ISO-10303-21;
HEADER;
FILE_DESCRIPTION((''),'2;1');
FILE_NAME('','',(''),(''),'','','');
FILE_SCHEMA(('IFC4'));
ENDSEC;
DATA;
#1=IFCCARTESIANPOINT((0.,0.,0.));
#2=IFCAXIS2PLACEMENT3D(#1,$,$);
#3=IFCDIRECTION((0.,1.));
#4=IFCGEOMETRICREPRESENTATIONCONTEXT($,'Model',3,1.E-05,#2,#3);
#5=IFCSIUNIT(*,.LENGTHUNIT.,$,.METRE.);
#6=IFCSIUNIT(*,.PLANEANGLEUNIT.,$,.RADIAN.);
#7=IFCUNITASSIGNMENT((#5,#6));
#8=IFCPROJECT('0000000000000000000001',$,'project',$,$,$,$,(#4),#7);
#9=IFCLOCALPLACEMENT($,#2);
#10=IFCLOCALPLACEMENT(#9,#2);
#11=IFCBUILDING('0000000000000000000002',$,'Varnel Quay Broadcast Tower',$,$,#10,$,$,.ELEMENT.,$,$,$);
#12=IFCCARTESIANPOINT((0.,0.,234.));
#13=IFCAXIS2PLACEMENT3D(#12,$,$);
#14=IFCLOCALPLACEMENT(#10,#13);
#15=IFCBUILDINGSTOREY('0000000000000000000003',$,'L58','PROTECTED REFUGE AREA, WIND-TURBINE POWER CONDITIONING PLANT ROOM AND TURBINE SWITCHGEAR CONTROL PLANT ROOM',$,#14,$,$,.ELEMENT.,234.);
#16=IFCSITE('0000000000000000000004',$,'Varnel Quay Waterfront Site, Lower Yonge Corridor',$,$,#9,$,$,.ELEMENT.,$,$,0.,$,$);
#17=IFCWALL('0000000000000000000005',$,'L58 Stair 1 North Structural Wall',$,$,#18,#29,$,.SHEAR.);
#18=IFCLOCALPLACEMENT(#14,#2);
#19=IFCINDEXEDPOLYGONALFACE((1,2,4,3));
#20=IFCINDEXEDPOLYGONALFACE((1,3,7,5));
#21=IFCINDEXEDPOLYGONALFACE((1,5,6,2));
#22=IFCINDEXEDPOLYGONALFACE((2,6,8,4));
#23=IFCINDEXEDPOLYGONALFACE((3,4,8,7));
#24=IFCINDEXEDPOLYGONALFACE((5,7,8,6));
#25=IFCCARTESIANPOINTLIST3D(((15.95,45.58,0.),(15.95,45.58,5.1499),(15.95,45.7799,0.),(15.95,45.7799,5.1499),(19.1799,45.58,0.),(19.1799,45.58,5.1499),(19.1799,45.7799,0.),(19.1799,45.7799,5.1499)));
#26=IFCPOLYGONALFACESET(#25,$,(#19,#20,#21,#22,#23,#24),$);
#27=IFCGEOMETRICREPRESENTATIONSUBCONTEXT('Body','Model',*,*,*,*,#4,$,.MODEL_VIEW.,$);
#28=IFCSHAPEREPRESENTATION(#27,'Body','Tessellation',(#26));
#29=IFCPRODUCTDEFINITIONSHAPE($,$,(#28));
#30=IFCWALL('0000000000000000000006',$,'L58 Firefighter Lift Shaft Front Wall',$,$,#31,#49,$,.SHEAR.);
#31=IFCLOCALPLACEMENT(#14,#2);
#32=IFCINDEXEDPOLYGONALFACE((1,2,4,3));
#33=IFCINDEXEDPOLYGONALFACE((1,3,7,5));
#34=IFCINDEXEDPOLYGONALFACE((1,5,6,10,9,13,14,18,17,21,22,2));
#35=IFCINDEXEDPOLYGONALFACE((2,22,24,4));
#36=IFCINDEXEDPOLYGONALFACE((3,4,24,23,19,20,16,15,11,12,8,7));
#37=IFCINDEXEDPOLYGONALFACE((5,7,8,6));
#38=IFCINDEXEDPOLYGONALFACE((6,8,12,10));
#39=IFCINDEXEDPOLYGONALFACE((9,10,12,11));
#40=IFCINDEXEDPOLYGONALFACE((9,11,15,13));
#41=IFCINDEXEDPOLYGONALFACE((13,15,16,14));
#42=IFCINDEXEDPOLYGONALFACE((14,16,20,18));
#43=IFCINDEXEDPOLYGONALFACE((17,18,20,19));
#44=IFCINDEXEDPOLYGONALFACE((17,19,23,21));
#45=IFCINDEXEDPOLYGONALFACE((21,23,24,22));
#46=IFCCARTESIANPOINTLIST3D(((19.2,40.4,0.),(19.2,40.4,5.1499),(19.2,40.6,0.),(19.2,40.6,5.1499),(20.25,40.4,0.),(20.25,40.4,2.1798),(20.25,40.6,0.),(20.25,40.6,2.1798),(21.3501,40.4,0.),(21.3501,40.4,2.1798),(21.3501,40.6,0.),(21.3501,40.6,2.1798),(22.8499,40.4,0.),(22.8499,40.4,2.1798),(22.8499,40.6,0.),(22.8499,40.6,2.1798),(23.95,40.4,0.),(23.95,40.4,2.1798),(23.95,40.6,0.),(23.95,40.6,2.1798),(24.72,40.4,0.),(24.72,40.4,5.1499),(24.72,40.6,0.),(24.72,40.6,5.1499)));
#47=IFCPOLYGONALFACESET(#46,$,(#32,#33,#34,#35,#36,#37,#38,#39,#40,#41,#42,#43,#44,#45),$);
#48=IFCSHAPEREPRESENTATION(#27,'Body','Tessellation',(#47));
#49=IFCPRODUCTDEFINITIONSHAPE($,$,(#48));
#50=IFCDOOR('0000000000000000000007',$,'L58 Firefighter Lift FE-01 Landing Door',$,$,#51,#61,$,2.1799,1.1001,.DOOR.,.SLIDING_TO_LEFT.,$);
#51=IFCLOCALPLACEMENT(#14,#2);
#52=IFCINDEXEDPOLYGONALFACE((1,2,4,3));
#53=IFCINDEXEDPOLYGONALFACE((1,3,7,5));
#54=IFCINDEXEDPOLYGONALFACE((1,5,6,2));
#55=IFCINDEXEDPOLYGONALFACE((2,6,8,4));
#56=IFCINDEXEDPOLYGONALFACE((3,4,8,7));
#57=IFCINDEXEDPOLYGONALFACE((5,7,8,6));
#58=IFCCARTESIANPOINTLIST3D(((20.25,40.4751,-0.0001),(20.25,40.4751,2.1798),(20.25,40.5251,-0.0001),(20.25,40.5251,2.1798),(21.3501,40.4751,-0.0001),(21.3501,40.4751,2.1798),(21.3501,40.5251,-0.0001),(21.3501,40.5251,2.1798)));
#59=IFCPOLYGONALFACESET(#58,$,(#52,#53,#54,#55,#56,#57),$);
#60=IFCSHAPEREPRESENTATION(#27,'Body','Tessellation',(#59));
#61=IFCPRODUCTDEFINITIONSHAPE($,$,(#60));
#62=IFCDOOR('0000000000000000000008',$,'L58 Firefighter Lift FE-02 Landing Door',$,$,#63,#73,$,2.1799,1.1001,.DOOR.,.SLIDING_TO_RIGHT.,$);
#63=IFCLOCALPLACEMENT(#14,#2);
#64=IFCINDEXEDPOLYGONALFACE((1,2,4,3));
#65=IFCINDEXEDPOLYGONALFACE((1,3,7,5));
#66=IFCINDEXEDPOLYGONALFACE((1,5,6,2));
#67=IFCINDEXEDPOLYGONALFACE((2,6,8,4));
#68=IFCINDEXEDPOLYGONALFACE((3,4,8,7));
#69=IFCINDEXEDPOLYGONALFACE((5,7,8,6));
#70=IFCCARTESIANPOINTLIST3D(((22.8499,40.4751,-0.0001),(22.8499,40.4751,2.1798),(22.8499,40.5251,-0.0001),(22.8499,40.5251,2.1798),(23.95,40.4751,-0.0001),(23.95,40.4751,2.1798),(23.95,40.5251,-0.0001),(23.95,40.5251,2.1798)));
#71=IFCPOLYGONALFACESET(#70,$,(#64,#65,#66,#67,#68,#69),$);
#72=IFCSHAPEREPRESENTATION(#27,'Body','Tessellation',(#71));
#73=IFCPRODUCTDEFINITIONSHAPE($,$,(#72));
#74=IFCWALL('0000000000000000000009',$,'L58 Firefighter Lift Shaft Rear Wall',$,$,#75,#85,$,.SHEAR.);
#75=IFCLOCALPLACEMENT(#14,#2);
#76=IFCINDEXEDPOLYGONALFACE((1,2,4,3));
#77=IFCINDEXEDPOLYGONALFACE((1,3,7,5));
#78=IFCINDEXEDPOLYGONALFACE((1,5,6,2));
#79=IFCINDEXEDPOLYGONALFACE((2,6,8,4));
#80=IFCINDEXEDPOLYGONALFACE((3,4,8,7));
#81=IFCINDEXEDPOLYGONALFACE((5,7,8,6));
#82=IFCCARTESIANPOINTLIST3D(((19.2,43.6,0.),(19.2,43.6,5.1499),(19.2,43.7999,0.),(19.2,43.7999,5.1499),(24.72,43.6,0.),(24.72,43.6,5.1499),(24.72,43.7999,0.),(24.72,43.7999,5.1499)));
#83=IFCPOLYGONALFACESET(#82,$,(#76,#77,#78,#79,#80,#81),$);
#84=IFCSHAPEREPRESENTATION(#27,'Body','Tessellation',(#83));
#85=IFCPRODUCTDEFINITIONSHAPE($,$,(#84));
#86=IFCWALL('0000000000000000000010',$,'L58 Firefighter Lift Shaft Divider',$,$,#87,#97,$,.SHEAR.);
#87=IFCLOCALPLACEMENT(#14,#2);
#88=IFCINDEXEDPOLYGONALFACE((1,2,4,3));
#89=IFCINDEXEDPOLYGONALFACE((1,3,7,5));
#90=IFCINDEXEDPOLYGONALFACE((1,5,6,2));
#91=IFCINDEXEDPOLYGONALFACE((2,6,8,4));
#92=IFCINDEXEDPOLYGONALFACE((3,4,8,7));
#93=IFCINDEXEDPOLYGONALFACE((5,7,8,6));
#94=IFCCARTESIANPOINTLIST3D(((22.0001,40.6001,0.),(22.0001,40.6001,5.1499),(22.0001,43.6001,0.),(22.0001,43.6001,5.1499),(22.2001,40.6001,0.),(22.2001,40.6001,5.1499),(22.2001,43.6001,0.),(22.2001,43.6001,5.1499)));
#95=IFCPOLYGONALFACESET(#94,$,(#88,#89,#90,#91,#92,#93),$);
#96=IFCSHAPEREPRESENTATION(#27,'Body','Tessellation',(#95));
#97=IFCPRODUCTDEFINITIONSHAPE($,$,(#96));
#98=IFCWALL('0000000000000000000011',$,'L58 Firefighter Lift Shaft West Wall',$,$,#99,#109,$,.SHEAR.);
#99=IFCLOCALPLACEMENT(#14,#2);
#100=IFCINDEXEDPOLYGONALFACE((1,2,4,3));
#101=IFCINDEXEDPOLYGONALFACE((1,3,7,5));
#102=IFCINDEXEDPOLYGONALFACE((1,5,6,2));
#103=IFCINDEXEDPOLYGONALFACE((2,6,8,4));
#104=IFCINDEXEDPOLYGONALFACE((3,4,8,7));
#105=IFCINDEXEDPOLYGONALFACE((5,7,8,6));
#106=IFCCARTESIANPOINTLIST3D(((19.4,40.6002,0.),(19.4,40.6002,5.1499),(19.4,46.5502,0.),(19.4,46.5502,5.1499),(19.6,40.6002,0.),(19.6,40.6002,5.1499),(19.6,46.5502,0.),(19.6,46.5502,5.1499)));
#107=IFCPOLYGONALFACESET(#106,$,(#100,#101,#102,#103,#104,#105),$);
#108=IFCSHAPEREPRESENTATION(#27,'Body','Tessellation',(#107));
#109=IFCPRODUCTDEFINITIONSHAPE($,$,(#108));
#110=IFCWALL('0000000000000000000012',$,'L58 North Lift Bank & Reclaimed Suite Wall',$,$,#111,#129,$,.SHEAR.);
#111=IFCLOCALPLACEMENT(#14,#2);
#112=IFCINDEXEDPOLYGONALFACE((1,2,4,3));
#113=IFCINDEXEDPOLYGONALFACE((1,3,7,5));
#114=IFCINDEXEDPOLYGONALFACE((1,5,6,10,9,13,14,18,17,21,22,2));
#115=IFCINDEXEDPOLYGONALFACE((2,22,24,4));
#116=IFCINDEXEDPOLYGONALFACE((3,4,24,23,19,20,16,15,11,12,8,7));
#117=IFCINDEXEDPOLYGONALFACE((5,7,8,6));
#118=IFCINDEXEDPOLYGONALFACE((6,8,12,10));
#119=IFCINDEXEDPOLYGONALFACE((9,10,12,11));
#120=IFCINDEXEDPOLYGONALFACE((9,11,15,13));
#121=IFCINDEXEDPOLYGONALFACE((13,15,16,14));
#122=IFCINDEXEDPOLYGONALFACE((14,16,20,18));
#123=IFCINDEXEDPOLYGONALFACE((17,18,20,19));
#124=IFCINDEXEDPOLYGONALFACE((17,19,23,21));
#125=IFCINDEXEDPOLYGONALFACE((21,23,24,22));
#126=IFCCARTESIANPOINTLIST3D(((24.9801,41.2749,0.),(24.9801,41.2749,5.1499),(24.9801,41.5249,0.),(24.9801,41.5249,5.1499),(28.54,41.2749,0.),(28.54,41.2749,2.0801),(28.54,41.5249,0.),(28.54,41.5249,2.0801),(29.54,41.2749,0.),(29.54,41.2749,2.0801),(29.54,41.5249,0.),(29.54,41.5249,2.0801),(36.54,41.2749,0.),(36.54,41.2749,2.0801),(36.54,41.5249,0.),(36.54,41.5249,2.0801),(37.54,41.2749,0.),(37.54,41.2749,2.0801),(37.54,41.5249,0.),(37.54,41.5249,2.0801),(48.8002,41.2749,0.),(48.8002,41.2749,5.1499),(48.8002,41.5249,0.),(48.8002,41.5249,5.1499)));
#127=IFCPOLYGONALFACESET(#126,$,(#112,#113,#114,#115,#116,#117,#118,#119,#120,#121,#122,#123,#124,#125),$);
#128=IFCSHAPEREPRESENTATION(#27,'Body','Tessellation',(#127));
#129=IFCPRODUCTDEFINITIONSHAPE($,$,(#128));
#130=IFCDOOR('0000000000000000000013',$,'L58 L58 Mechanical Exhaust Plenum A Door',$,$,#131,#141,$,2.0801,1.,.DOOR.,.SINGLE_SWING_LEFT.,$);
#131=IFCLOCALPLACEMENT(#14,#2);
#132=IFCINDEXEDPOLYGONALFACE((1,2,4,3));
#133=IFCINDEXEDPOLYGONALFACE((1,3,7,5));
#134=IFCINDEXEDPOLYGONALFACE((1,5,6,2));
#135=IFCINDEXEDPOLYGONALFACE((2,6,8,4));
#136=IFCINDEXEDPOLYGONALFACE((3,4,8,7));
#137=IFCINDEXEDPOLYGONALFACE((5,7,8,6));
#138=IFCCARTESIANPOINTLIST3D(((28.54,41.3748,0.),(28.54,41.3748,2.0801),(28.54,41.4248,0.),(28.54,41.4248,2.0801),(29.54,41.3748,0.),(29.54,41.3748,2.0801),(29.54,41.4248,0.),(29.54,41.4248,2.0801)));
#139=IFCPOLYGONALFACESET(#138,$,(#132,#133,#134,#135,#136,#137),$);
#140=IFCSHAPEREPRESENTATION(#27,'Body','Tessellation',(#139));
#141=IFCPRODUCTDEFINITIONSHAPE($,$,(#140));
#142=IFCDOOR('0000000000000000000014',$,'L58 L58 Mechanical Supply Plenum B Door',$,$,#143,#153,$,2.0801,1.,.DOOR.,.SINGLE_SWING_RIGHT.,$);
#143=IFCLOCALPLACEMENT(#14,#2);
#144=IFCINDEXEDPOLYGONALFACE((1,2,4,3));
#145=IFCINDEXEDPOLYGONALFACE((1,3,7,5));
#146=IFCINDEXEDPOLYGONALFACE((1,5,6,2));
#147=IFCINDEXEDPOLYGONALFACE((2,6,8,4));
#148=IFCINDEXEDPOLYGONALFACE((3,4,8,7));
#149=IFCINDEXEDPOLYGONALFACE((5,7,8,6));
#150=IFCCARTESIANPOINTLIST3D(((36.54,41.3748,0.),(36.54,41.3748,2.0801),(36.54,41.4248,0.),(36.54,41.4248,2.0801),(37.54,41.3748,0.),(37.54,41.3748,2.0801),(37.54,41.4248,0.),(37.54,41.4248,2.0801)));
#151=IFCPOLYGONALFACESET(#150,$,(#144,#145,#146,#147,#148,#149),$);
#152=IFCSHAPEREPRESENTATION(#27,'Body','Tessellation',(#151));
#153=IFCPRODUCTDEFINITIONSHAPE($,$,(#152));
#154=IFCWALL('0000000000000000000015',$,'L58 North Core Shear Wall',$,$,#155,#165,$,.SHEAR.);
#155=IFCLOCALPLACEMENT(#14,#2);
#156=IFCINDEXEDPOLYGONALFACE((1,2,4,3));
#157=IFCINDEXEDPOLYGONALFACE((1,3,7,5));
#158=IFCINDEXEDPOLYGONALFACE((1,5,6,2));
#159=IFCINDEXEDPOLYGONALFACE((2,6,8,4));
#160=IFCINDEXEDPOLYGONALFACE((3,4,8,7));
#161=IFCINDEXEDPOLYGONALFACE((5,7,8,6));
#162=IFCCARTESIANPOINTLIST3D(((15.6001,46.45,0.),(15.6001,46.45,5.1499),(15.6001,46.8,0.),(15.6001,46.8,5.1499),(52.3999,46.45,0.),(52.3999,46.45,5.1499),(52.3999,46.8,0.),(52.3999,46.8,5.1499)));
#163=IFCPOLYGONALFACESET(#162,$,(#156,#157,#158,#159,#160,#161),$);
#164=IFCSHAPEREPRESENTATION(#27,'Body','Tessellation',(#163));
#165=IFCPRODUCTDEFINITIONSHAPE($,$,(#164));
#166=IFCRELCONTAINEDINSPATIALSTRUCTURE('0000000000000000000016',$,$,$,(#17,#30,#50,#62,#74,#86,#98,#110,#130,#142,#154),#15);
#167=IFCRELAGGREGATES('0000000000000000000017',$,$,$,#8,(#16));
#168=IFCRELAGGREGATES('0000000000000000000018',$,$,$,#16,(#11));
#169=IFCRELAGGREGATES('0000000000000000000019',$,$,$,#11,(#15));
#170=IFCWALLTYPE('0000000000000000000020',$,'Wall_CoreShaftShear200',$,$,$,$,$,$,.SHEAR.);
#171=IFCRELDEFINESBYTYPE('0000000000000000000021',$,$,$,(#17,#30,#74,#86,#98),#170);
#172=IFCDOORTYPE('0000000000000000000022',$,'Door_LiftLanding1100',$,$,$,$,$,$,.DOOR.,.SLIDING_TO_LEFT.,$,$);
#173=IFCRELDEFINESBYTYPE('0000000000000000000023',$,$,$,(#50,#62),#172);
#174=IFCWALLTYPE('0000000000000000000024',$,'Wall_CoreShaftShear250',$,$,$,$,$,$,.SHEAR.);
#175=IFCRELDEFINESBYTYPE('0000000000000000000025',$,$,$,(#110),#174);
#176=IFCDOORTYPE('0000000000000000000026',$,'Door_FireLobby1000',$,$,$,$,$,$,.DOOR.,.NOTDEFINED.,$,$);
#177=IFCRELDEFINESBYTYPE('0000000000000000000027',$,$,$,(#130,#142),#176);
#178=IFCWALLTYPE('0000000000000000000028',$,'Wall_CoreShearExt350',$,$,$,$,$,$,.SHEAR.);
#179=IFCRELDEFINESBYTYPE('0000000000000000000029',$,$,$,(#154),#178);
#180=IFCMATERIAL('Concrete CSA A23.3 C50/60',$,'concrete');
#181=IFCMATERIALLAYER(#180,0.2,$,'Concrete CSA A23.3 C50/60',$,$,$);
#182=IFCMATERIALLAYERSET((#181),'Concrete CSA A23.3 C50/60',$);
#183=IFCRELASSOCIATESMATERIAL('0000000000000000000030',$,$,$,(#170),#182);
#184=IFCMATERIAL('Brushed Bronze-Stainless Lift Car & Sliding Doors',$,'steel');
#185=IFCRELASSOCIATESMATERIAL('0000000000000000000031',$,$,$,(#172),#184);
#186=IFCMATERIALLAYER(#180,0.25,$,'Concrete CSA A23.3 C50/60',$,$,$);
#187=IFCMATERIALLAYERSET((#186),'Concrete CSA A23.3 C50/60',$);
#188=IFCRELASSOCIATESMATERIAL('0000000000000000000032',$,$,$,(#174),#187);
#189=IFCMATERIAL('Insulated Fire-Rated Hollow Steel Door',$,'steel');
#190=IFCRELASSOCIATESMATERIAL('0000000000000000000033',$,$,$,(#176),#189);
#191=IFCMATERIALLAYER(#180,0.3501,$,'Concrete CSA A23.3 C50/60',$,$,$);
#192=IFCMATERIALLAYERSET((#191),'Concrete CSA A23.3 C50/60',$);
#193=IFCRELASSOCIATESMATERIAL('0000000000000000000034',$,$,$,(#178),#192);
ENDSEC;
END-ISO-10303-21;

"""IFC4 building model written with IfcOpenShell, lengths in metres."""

from ifc_helpers import new_model, si_unit, direction, frame, frame_2d, origin, place, context, subcontext, project, spatial, rectangle, extrude, source, transform, mapped, material, layer, layer_set, type_object, type_shapes, element, fill, save


model = new_model("IFC4")

# Units and contexts
model_context = context("Model", 3, precision=1e-05, world=origin(), true_north=direction((0.0, 1.0)))
body_context = subcontext(model_context, "Body", "Model", "MODEL_VIEW")
ifc_project = project(units=[si_unit("LENGTHUNIT", "METRE"), si_unit("PLANEANGLEUNIT", "RADIAN")], contexts=[model_context])

# Site, building, storey
site_placement = place(None, origin())
site = spatial("IfcSite", under=ifc_project, at=site_placement, Name="Varnel Quay Waterfront Site, Lower Yonge Corridor", CompositionType="ELEMENT", RefElevation=0.0)
building_placement = place(site_placement, origin())
building = spatial("IfcBuilding", under=site, at=building_placement, Name="Varnel Quay Broadcast Tower", CompositionType="ELEMENT")
storey_placement = place(building_placement, frame((0.0, 0.0, 234.0)))
storey = spatial("IfcBuildingStorey", under=building, at=storey_placement, Name="L58", Description="PROTECTED REFUGE AREA, WIND-TURBINE POWER CONDITIONING PLANT ROOM AND TURBINE SWITCHGEAR CONTROL PLANT ROOM", CompositionType="ELEMENT", Elevation=234.0)

# Wall
ifc_material_1 = material(Name="Concrete CSA A23.3 C50/60", Category="concrete")
ifc_layer_1 = layer(ifc_material_1, 0.2, Name="Concrete CSA A23.3 C50/60")
ifc_layer_set_1 = layer_set([ifc_layer_1], Name="Concrete CSA A23.3 C50/60")
wall_type_1 = type_object("IfcWallType", Name="Wall_CoreShaftShear200", PredefinedType="SHEAR", material=ifc_layer_set_1)
wall_1_placement = place(storey_placement, frame((15.95, 45.6799, 0.0), z_axis=(0.0, 0.0, 1.0), x_axis=(1.0, 0.0, 0.0)))
element("IfcWall", 1, at=wall_1_placement, inside=storey, type_object=wall_type_1, Name="L58 Stair 1 North Structural Wall", PredefinedType="SHEAR", context=body_context, shape_type="SweptSolid", body=[
    extrude(rectangle(XDim=3.23, YDim=0.2, at=frame_2d((1.615, 0.0))), origin(), (0.0, 0.0, 1.0), 5.1499),
])

# Wall, openings, doors
wall_2_placement = place(storey_placement, frame((19.2, 40.5, 0.0), z_axis=(0.0, 0.0, 1.0), x_axis=(1.0, 0.0, 0.0)))
wall_2 = element("IfcWall", 2, at=wall_2_placement, inside=storey, type_object=wall_type_1, Name="L58 Firefighter Lift Shaft Front Wall", PredefinedType="SHEAR", context=body_context, shape_type="SweptSolid", body=[
    extrude(rectangle(XDim=5.52, YDim=0.2, at=frame_2d((2.76, 0.0))), origin(), (0.0, 0.0, 1.0), 5.1499),
])
opening_1_placement = place(wall_2_placement, frame((1.05, 0.0, 0.0)))
opening_1 = element("IfcOpeningElement", 3, at=opening_1_placement, cuts=wall_2, PredefinedType="OPENING", context=body_context, shape_type="SweptSolid", body=[
    extrude(rectangle(XDim=1.1001, YDim=2.1799, at=frame_2d((0.55, 1.0898))), frame((0.0, 0.1099, 0.0), z_axis=(0.0, -1.0, 0.0), x_axis=(1.0, 0.0, 0.0)), (0.0, 0.0, 1.0), 0.22),
])
opening_2_placement = place(wall_2_placement, frame((3.6499, 0.0, 0.0)))
opening_2 = element("IfcOpeningElement", 4, at=opening_2_placement, cuts=wall_2, PredefinedType="OPENING", context=body_context, shape_type="SweptSolid", body=[
    extrude(rectangle(XDim=1.1001, YDim=2.1799, at=frame_2d((0.55, 1.0898))), frame((0.0, 0.1099, 0.0), z_axis=(0.0, -1.0, 0.0), x_axis=(1.0, 0.0, 0.0)), (0.0, 0.0, 1.0), 0.22),
])
ifc_material_2 = material(Name="Brushed Bronze-Stainless Lift Car & Sliding Doors", Category="steel")
door_type_1 = type_object("IfcDoorType", Name="Door_LiftLanding1100", OperationType="SLIDING_TO_LEFT", PredefinedType="DOOR", material=ifc_material_2)
shared_shape_1 = source(origin(), body_context, "Body", "SweptSolid", [
    extrude(rectangle(XDim=1.1001, YDim=2.1799, at=frame_2d((0.55, 1.0898))), frame((0.0, 0.0249, 0.0), z_axis=(0.0, -1.0, 0.0), x_axis=(1.0, 0.0, 0.0)), (0.0, 0.0, 1.0), 0.05),
])
type_shapes(door_type_1, [shared_shape_1])
door_1_placement = place(opening_1_placement, frame((1.1001, 0.0, 0.0), z_axis=(0.0, 0.0, 1.0), x_axis=(-1.0, 0.0, 0.0)))
door_1 = element("IfcDoor", 5, at=door_1_placement, inside=storey, type_object=door_type_1, Name="L58 Firefighter Lift FE-01 Landing Door", OperationType="SLIDING_TO_LEFT", OverallHeight=2.1799, OverallWidth=1.1001, PredefinedType="DOOR", context=body_context, shape_type="MappedRepresentation", body=[
    mapped(shared_shape_1, transform((0.0, 0.0, 0.0), x_axis=(1.0, 0.0, 0.0), y_axis=(0.0, 1.0, 0.0), z_axis=(0.0, 0.0, 1.0), scale=1.0)),
])
fill(opening_1, door_1)
door_2_placement = place(opening_2_placement, frame((1.1001, 0.0, 0.0), z_axis=(0.0, 0.0, 1.0), x_axis=(-1.0, 0.0, 0.0)))
door_2 = element("IfcDoor", 6, at=door_2_placement, inside=storey, type_object=door_type_1, Name="L58 Firefighter Lift FE-02 Landing Door", OperationType="SLIDING_TO_RIGHT", OverallHeight=2.1799, OverallWidth=1.1001, PredefinedType="DOOR", context=body_context, shape_type="MappedRepresentation", body=[
    mapped(shared_shape_1, transform((0.0, 0.0, 0.0), x_axis=(1.0, 0.0, 0.0), y_axis=(0.0, 1.0, 0.0), z_axis=(0.0, 0.0, 1.0), scale=1.0)),
])
fill(opening_2, door_2)

# Walls
wall_3_placement = place(storey_placement, frame((19.2, 43.7, 0.0), z_axis=(0.0, 0.0, 1.0), x_axis=(1.0, 0.0, 0.0)))
element("IfcWall", 7, at=wall_3_placement, inside=storey, type_object=wall_type_1, Name="L58 Firefighter Lift Shaft Rear Wall", PredefinedType="SHEAR", context=body_context, shape_type="SweptSolid", body=[
    extrude(rectangle(XDim=5.52, YDim=0.2, at=frame_2d((2.76, 0.0))), origin(), (0.0, 0.0, 1.0), 5.1499),
])
wall_4_placement = place(storey_placement, frame((22.1001, 40.6001, 0.0), z_axis=(0.0, 0.0, 1.0), x_axis=(0.0, 1.0, 0.0)))
element("IfcWall", 8, at=wall_4_placement, inside=storey, type_object=wall_type_1, Name="L58 Firefighter Lift Shaft Divider", PredefinedType="SHEAR", context=body_context, shape_type="SweptSolid", body=[
    extrude(rectangle(XDim=3.0, YDim=0.2, at=frame_2d((1.5, 0.0))), origin(), (0.0, 0.0, 1.0), 5.1499),
])
wall_5_placement = place(storey_placement, frame((19.5, 40.6001, 0.0), z_axis=(0.0, 0.0, 1.0), x_axis=(0.0, 1.0, 0.0)))
element("IfcWall", 9, at=wall_5_placement, inside=storey, type_object=wall_type_1, Name="L58 Firefighter Lift Shaft West Wall", PredefinedType="SHEAR", context=body_context, shape_type="SweptSolid", body=[
    extrude(rectangle(XDim=5.95, YDim=0.2, at=frame_2d((2.9751, 0.0))), origin(), (0.0, 0.0, 1.0), 5.1499),
])

# Wall, openings, doors
ifc_layer_2 = layer(ifc_material_1, 0.25, Name="Concrete CSA A23.3 C50/60")
ifc_layer_set_2 = layer_set([ifc_layer_2], Name="Concrete CSA A23.3 C50/60")
wall_type_2 = type_object("IfcWallType", Name="Wall_CoreShaftShear250", PredefinedType="SHEAR", material=ifc_layer_set_2)
wall_6_placement = place(storey_placement, frame((24.98, 41.3999, 0.0), z_axis=(0.0, 0.0, 1.0), x_axis=(1.0, 0.0, 0.0)))
wall_6 = element("IfcWall", 10, at=wall_6_placement, inside=storey, type_object=wall_type_2, Name="L58 North Lift Bank & Reclaimed Suite Wall", PredefinedType="SHEAR", context=body_context, shape_type="SweptSolid", body=[
    extrude(rectangle(XDim=23.8201, YDim=0.25, at=frame_2d((11.9102, 0.0))), origin(), (0.0, 0.0, 1.0), 5.1499),
])
opening_3_placement = place(wall_6_placement, frame((3.5601, 0.0, 0.0)))
opening_3 = element("IfcOpeningElement", 11, at=opening_3_placement, cuts=wall_6, PredefinedType="OPENING", context=body_context, shape_type="SweptSolid", body=[
    extrude(rectangle(XDim=1.0, YDim=2.0801, at=frame_2d((0.5, 1.04))), frame((0.0, 0.135, 0.0), z_axis=(0.0, -1.0, 0.0), x_axis=(1.0, 0.0, 0.0)), (0.0, 0.0, 1.0), 0.27),
])
opening_4_placement = place(wall_6_placement, frame((11.5601, 0.0, 0.0)))
opening_4 = element("IfcOpeningElement", 12, at=opening_4_placement, cuts=wall_6, PredefinedType="OPENING", context=body_context, shape_type="SweptSolid", body=[
    extrude(rectangle(XDim=1.0, YDim=2.0801, at=frame_2d((0.5, 1.04))), frame((0.0, 0.135, 0.0), z_axis=(0.0, -1.0, 0.0), x_axis=(1.0, 0.0, 0.0)), (0.0, 0.0, 1.0), 0.27),
])
ifc_material_3 = material(Name="Insulated Fire-Rated Hollow Steel Door", Category="steel")
door_type_2 = type_object("IfcDoorType", Name="Door_FireLobby1000", OperationType="NOTDEFINED", PredefinedType="DOOR", material=ifc_material_3)
shared_shape_2 = source(origin(), body_context, "Body", "SweptSolid", [
    extrude(rectangle(XDim=1.0, YDim=2.0801, at=frame_2d((0.5, 1.04))), frame((0.0, 0.0249, 0.0), z_axis=(0.0, -1.0, 0.0), x_axis=(1.0, 0.0, 0.0)), (0.0, 0.0, 1.0), 0.05),
])
type_shapes(door_type_2, [shared_shape_2])
door_3_placement = place(opening_3_placement, origin())
door_3 = element("IfcDoor", 13, at=door_3_placement, inside=storey, type_object=door_type_2, Name="L58 L58 Mechanical Exhaust Plenum A Door", OperationType="SINGLE_SWING_LEFT", OverallHeight=2.0801, OverallWidth=1.0, PredefinedType="DOOR", context=body_context, shape_type="MappedRepresentation", body=[
    mapped(shared_shape_2, transform((0.0, 0.0, 0.0), x_axis=(1.0, 0.0, 0.0), y_axis=(0.0, 1.0, 0.0), z_axis=(0.0, 0.0, 1.0), scale=1.0)),
])
fill(opening_3, door_3)
door_4_placement = place(opening_4_placement, origin())
door_4 = element("IfcDoor", 14, at=door_4_placement, inside=storey, type_object=door_type_2, Name="L58 L58 Mechanical Supply Plenum B Door", OperationType="SINGLE_SWING_RIGHT", OverallHeight=2.0801, OverallWidth=1.0, PredefinedType="DOOR", context=body_context, shape_type="MappedRepresentation", body=[
    mapped(shared_shape_2, transform((0.0, 0.0, 0.0), x_axis=(1.0, 0.0, 0.0), y_axis=(0.0, 1.0, 0.0), z_axis=(0.0, 0.0, 1.0), scale=1.0)),
])
fill(opening_4, door_4)

# Wall
ifc_layer_3 = layer(ifc_material_1, 0.3501, Name="Concrete CSA A23.3 C50/60")
ifc_layer_set_3 = layer_set([ifc_layer_3], Name="Concrete CSA A23.3 C50/60")
wall_type_3 = type_object("IfcWallType", Name="Wall_CoreShearExt350", PredefinedType="SHEAR", material=ifc_layer_set_3)
wall_7_placement = place(storey_placement, frame((15.6001, 46.625, 0.0), z_axis=(0.0, 0.0, 1.0), x_axis=(1.0, 0.0, 0.0)))
element("IfcWall", 15, at=wall_7_placement, inside=storey, type_object=wall_type_3, Name="L58 North Core Shear Wall", PredefinedType="SHEAR", context=body_context, shape_type="SweptSolid", body=[
    extrude(rectangle(XDim=36.7998, YDim=0.3501, at=frame_2d((18.3999, 0.0))), origin(), (0.0, 0.0, 1.0), 5.1499),
])

save(model, "model.ifc")
